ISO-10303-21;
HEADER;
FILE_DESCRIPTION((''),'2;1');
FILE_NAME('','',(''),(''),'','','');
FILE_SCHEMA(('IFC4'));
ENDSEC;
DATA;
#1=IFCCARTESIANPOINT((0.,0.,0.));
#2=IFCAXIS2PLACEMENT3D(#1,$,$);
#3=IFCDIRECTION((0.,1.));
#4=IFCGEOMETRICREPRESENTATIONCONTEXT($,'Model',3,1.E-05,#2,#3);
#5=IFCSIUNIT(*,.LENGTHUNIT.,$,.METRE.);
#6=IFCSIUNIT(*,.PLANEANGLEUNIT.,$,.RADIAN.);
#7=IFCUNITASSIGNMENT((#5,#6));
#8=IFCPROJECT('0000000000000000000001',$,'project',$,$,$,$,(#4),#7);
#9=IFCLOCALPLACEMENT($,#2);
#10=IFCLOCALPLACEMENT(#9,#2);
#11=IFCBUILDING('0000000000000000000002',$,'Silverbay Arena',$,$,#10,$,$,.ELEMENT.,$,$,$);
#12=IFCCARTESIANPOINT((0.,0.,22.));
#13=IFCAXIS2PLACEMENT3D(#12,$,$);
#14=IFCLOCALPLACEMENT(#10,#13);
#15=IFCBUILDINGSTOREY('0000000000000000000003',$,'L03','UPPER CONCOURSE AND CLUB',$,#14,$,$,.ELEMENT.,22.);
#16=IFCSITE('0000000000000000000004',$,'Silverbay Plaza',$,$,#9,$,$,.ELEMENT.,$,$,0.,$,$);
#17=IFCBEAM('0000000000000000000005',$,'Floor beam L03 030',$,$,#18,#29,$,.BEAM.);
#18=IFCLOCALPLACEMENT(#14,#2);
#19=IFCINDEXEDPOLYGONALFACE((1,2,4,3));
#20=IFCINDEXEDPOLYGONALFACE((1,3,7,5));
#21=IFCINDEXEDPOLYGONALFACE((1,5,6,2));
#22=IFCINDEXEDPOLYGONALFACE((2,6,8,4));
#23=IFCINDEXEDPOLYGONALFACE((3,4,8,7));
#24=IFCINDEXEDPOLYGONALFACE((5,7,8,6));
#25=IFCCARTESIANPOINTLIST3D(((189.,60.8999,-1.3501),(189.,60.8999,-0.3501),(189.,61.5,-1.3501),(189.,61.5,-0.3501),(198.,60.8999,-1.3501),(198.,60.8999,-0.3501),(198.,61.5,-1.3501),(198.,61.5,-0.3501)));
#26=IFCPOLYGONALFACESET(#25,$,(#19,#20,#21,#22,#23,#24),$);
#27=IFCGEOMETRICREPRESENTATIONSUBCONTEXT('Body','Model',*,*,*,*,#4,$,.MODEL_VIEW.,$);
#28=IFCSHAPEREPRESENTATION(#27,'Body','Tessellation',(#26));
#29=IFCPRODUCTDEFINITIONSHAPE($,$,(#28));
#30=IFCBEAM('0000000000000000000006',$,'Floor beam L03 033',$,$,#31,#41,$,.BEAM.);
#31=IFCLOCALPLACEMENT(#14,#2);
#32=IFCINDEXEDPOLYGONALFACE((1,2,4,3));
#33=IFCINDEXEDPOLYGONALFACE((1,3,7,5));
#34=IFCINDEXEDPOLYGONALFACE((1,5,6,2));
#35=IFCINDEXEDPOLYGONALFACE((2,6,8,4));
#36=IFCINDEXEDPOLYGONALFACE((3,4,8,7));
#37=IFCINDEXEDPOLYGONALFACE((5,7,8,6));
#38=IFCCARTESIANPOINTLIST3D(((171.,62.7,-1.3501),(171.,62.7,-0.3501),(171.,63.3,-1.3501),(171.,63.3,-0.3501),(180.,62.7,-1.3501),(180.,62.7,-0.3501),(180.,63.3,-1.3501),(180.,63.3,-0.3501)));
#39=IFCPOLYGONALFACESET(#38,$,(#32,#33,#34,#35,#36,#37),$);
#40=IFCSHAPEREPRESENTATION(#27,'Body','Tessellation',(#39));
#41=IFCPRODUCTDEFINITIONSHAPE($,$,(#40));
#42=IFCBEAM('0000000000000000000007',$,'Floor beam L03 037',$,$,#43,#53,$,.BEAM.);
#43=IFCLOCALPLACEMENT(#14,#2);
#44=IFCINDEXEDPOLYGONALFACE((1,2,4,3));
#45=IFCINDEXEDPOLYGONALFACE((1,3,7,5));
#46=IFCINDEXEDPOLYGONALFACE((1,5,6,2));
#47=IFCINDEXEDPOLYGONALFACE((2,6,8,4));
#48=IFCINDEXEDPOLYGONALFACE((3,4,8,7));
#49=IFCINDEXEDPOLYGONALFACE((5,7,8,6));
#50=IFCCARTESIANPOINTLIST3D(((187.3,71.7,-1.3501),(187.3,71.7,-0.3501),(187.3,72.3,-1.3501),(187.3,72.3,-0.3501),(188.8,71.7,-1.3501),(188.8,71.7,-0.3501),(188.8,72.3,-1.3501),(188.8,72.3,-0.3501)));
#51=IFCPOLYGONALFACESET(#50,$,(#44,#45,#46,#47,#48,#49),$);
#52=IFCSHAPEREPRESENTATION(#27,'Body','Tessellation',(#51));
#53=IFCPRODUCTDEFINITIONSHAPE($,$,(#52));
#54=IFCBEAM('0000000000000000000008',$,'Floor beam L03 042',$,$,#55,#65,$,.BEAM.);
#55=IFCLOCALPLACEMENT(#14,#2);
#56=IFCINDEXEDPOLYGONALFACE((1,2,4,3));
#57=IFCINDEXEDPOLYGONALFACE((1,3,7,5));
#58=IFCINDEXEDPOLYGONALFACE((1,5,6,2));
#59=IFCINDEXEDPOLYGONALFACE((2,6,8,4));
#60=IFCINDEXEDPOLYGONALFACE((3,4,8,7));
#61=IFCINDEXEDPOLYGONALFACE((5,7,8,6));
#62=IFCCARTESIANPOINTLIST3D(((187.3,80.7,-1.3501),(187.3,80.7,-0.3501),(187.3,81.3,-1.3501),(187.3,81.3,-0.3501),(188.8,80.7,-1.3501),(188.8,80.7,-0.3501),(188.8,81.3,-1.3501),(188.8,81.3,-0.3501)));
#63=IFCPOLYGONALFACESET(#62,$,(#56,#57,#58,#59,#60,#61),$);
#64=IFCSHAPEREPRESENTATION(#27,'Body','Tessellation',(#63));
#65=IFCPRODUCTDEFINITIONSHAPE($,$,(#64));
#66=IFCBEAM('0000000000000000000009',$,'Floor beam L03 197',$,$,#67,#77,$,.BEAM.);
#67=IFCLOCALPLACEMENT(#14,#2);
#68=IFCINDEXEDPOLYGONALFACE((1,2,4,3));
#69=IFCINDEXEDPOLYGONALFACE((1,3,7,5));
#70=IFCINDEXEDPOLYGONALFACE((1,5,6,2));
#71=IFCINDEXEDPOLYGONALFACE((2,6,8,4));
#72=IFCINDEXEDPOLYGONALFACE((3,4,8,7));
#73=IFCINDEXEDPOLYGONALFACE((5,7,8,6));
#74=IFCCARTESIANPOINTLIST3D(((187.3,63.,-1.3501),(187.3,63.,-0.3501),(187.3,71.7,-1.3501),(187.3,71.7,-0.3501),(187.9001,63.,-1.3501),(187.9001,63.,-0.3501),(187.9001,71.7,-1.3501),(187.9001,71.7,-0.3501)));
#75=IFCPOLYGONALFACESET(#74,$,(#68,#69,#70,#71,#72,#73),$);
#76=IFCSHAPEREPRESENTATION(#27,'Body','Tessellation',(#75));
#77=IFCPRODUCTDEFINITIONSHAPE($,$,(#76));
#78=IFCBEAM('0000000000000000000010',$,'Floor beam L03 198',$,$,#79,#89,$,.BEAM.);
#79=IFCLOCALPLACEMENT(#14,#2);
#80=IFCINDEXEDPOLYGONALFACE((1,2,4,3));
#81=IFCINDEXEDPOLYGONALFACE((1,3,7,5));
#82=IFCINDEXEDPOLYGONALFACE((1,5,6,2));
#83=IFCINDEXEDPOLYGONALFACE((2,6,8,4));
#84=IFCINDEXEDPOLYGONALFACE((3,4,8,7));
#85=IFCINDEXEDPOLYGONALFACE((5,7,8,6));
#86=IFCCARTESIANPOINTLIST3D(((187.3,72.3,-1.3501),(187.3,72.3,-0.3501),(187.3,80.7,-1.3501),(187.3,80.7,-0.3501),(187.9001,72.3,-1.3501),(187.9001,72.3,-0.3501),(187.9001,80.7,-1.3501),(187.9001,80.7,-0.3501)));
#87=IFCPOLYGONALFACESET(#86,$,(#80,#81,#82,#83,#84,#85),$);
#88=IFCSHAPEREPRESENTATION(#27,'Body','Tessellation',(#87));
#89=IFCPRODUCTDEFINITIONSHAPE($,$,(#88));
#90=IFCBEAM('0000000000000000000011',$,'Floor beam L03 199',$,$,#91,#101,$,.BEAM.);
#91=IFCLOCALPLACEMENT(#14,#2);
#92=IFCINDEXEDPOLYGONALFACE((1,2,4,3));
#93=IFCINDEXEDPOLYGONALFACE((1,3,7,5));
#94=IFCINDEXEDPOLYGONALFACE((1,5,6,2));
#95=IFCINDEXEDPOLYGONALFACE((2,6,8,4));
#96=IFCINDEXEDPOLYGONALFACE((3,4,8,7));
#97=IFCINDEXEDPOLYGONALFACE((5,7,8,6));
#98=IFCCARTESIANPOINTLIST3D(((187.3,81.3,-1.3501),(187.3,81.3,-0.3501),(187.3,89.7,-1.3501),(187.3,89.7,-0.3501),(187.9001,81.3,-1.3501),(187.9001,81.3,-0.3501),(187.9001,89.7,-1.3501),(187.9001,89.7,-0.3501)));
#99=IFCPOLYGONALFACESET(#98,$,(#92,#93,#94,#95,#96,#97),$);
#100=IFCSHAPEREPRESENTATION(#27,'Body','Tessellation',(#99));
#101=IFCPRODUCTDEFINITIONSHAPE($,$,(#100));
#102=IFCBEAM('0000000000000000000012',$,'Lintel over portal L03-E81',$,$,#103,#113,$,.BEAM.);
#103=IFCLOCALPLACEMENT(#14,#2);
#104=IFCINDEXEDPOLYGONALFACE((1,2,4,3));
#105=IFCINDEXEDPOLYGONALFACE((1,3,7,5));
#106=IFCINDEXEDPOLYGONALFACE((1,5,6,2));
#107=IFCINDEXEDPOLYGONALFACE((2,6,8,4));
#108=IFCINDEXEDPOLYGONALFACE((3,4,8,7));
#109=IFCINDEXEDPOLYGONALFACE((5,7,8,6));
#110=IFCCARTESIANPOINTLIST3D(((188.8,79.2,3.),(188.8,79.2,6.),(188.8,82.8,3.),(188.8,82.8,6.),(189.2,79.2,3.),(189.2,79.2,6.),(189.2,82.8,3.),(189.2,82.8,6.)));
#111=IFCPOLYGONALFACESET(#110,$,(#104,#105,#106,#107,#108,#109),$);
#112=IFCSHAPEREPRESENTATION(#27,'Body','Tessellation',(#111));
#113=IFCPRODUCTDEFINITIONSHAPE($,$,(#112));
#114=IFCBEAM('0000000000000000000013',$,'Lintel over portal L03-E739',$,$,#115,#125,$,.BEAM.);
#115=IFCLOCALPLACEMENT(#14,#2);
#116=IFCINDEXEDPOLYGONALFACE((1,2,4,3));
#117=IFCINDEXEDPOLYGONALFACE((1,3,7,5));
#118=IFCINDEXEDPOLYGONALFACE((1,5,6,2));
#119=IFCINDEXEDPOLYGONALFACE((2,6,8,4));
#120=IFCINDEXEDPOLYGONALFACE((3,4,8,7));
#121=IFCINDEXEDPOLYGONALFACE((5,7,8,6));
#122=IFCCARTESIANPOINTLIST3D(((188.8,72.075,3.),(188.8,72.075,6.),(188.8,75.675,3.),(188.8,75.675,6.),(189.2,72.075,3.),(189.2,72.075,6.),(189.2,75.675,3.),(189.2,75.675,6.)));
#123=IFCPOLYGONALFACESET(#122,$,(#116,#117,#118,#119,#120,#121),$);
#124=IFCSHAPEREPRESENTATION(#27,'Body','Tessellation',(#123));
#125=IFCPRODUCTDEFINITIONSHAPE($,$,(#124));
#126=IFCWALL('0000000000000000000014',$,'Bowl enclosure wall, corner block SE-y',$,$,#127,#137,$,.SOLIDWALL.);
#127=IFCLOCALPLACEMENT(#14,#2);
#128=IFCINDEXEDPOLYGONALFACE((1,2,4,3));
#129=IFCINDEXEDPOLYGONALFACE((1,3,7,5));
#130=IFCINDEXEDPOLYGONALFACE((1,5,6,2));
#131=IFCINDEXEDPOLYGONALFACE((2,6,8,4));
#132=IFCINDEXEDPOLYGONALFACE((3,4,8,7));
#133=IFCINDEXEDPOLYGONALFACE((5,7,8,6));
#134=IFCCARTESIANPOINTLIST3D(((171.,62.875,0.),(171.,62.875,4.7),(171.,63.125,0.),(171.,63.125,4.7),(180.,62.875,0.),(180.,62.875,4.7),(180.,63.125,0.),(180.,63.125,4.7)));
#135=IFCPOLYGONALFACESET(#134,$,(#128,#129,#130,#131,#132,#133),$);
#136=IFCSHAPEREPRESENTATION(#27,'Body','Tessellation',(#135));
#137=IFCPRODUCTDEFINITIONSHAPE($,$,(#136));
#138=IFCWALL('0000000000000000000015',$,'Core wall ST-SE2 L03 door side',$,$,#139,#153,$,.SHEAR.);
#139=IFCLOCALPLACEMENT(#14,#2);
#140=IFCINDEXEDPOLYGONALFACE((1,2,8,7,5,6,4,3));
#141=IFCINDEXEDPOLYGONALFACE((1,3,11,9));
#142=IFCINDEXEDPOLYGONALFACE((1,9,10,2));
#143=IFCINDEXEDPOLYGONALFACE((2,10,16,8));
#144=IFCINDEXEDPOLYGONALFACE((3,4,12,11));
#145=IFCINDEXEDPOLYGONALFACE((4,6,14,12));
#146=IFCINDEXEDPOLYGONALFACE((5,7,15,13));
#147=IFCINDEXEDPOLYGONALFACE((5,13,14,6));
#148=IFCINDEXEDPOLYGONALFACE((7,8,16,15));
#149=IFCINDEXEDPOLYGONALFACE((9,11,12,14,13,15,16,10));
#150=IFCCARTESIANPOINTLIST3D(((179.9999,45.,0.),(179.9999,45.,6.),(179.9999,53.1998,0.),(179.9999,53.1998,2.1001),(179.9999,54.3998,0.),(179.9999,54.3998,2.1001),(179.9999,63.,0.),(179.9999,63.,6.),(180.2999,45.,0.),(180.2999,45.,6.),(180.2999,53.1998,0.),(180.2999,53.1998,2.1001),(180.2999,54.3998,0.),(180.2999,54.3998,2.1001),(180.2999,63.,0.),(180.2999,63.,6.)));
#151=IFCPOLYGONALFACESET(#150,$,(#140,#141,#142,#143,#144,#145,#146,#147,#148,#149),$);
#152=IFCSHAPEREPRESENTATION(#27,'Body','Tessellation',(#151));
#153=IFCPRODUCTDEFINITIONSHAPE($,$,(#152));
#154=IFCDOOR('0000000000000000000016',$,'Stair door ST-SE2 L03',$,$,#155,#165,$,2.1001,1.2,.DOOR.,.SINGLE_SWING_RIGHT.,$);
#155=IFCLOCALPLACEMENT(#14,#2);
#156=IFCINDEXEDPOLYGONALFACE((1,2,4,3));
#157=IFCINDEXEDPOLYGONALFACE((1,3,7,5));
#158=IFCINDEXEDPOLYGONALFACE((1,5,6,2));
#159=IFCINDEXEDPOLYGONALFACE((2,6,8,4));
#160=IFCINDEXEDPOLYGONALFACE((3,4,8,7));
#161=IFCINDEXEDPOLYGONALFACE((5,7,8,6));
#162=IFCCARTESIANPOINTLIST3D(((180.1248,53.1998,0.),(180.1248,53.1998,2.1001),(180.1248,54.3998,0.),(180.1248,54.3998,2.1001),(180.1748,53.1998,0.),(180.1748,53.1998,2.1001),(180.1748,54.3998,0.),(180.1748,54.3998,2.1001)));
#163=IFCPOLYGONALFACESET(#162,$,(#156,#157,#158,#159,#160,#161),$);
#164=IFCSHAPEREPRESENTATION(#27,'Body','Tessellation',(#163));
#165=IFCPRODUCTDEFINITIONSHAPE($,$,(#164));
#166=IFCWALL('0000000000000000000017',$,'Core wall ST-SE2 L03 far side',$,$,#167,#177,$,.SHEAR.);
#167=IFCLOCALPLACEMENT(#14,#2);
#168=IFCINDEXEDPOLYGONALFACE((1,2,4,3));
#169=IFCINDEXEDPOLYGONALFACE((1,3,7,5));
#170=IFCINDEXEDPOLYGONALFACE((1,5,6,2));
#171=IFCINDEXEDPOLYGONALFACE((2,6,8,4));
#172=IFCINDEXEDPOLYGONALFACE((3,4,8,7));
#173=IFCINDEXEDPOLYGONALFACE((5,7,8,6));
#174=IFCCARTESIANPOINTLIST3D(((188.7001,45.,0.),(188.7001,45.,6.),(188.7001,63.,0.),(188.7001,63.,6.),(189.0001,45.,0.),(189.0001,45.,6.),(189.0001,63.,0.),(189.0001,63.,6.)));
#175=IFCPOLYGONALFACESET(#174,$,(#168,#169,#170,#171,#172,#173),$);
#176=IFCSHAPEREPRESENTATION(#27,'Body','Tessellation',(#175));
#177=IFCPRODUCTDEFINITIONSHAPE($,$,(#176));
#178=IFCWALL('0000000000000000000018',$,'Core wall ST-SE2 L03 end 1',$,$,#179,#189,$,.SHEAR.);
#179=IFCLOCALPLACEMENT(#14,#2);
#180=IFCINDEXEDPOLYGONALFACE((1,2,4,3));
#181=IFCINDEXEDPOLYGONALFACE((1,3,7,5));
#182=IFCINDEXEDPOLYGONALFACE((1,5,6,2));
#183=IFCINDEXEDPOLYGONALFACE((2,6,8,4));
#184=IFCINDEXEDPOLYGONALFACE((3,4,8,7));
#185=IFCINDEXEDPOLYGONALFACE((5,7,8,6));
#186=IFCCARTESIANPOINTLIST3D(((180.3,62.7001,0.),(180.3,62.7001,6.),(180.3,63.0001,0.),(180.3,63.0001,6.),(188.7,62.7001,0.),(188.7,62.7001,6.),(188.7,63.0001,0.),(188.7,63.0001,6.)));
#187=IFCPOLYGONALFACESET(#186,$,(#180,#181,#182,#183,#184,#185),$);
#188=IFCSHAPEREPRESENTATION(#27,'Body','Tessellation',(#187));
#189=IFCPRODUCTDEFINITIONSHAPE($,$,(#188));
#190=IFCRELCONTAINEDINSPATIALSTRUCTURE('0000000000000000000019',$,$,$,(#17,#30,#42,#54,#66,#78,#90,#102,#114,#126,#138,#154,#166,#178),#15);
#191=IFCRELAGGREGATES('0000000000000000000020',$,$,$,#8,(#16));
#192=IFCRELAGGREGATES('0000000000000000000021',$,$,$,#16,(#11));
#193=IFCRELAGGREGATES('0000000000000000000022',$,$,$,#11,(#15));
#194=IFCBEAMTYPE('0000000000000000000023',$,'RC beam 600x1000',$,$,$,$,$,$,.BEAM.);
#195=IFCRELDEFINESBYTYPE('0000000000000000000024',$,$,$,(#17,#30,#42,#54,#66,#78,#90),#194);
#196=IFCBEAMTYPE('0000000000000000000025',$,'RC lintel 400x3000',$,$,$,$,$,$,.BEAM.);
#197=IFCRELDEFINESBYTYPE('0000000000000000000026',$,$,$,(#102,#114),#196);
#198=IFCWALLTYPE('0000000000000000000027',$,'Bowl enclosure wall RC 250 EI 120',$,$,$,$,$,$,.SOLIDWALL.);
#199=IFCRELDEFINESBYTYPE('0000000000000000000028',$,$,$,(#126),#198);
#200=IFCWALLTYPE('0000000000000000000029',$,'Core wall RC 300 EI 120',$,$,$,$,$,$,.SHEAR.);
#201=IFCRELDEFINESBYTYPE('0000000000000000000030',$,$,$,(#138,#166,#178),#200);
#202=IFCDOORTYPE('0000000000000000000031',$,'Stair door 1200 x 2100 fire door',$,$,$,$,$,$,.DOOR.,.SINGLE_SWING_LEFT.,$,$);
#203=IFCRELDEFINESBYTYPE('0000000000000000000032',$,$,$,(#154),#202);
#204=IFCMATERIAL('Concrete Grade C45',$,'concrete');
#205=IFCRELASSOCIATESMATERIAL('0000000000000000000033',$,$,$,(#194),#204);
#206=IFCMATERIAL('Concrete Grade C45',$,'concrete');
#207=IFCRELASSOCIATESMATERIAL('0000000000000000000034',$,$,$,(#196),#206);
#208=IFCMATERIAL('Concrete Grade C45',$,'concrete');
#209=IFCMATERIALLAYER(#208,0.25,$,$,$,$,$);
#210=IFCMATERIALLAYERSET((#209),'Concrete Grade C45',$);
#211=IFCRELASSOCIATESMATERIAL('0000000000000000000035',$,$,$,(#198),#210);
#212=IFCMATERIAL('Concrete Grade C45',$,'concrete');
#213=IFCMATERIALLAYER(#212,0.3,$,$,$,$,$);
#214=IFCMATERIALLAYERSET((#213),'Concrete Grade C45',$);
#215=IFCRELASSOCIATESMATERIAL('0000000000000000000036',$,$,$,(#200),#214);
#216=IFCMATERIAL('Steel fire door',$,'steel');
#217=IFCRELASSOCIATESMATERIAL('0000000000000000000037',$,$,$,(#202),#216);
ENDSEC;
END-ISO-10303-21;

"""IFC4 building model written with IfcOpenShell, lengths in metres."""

from ifc_helpers import new_model, si_unit, direction, frame, frame_2d, origin, origin_2d, place, context, subcontext, project, spatial, rectangle, extrude, material, layer, layer_set, material_profile, profile_set, type_object, element, fill, save


model = new_model("IFC4")

# Units and contexts
model_context = context("Model", 3, precision=1e-05, world=origin(), true_north=direction((0.0, 1.0)))
body_context = subcontext(model_context, "Body", "Model", "MODEL_VIEW")
ifc_project = project(units=[si_unit("LENGTHUNIT", "METRE"), si_unit("PLANEANGLEUNIT", "RADIAN")], contexts=[model_context])

# Site, building, storey
site_placement = place(None, origin())
site = spatial("IfcSite", under=ifc_project, at=site_placement, Name="Silverbay Plaza", CompositionType="ELEMENT", RefElevation=0.0)
building_placement = place(site_placement, origin())
building = spatial("IfcBuilding", under=site, at=building_placement, Name="Silverbay Arena", CompositionType="ELEMENT")
storey_placement = place(building_placement, frame((0.0, 0.0, 22.0)))
storey = spatial("IfcBuildingStorey", under=building, at=storey_placement, Name="L03", Description="UPPER CONCOURSE AND CLUB", CompositionType="ELEMENT", Elevation=22.0)

# Beams
ifc_material_1 = material(Name="Concrete Grade C45", Category="concrete")
ifc_material_profile_1 = material_profile(ifc_material_1, rectangle(XDim=0.6001, YDim=1.0, at=origin_2d()), Name="RC 600x1000")
ifc_profile_set_1 = profile_set([ifc_material_profile_1], Name="Concrete Grade C45")
beam_type_1 = type_object("IfcBeamType", Name="RC beam 600x1000", PredefinedType="BEAM", material=ifc_profile_set_1)
for number, where, z_axis, x_axis, name in (
    (1, (189.0, 61.2, -0.8501), (1.0, 0.0, 0.0), (0.0, 1.0, 0.0), "Floor beam L03 030"),
    (2, (171.0, 63.0, -0.8501), (1.0, 0.0, 0.0), (0.0, 1.0, 0.0), "Floor beam L03 033"),
):
    element("IfcBeam", number, at=place(storey_placement, frame(where, z_axis=z_axis, x_axis=x_axis)), inside=storey, type_object=beam_type_1, Name=name, PredefinedType="BEAM", context=body_context, shape_type="SweptSolid", body=[
        extrude(rectangle(XDim=0.6001, YDim=1.0, at=origin_2d()), origin(), (0.0, 0.0, 1.0), 9.0),
    ])
for number, where, z_axis, x_axis, name in (
    (3, (187.3, 72.0, -0.8501), (1.0, 0.0, 0.0), (0.0, 1.0, 0.0), "Floor beam L03 037"),
    (4, (187.3, 81.0, -0.8501), (1.0, 0.0, 0.0), (0.0, 1.0, 0.0), "Floor beam L03 042"),
):
    element("IfcBeam", number, at=place(storey_placement, frame(where, z_axis=z_axis, x_axis=x_axis)), inside=storey, type_object=beam_type_1, Name=name, PredefinedType="BEAM", context=body_context, shape_type="SweptSolid", body=[
        extrude(rectangle(XDim=0.6001, YDim=1.0, at=origin_2d()), origin(), (0.0, 0.0, 1.0), 1.5),
    ])
beam_placement = place(storey_placement, frame((187.6001, 63.0, -0.8501), z_axis=(0.0, 1.0, 0.0), x_axis=(-1.0, 0.0, 0.0)))
element("IfcBeam", 5, at=beam_placement, inside=storey, type_object=beam_type_1, Name="Floor beam L03 197", PredefinedType="BEAM", context=body_context, shape_type="SweptSolid", body=[
    extrude(rectangle(XDim=0.6001, YDim=1.0, at=origin_2d()), origin(), (0.0, 0.0, 1.0), 8.7),
])
for number, where, z_axis, x_axis, name in (
    (6, (187.6001, 72.3, -0.8501), (0.0, 1.0, 0.0), (-1.0, 0.0, 0.0), "Floor beam L03 198"),
    (7, (187.6001, 81.3, -0.8501), (0.0, 1.0, 0.0), (-1.0, 0.0, 0.0), "Floor beam L03 199"),
):
    element("IfcBeam", number, at=place(storey_placement, frame(where, z_axis=z_axis, x_axis=x_axis)), inside=storey, type_object=beam_type_1, Name=name, PredefinedType="BEAM", context=body_context, shape_type="SweptSolid", body=[
        extrude(rectangle(XDim=0.6001, YDim=1.0, at=origin_2d()), origin(), (0.0, 0.0, 1.0), 8.3999),
    ])
ifc_material_2 = material(Name="Concrete Grade C45", Category="concrete")
ifc_material_profile_2 = material_profile(ifc_material_2, rectangle(XDim=0.3999, YDim=3.0, at=origin_2d()), Name="RC 400x3000")
ifc_profile_set_2 = profile_set([ifc_material_profile_2], Name="Concrete Grade C45")
beam_type_2 = type_object("IfcBeamType", Name="RC lintel 400x3000", PredefinedType="BEAM", material=ifc_profile_set_2)
for number, where, z_axis, x_axis, name in (
    (8, (189.0, 79.2, 4.5), (0.0, 1.0, 0.0), (-1.0, 0.0, 0.0), "Lintel over portal L03-E81"),
    (9, (189.0, 72.075, 4.5), (0.0, 1.0, 0.0), (-1.0, 0.0, 0.0), "Lintel over portal L03-E739"),
):
    element("IfcBeam", number, at=place(storey_placement, frame(where, z_axis=z_axis, x_axis=x_axis)), inside=storey, type_object=beam_type_2, Name=name, PredefinedType="BEAM", context=body_context, shape_type="SweptSolid", body=[
        extrude(rectangle(XDim=0.3999, YDim=3.0, at=origin_2d()), origin(), (0.0, 0.0, 1.0), 3.6001),
    ])

# Wall
ifc_material_3 = material(Name="Concrete Grade C45", Category="concrete")
ifc_layer_1 = layer(ifc_material_3, 0.25)
ifc_layer_set_1 = layer_set([ifc_layer_1], Name="Concrete Grade C45")
wall_type_1 = type_object("IfcWallType", Name="Bowl enclosure wall RC 250 EI 120", PredefinedType="SOLIDWALL", material=ifc_layer_set_1)
wall_1_placement = place(storey_placement, frame((171.0, 63.0, 0.0), z_axis=(0.0, 0.0, 1.0), x_axis=(1.0, 0.0, 0.0)))
element("IfcWall", 10, at=wall_1_placement, inside=storey, type_object=wall_type_1, Name="Bowl enclosure wall, corner block SE-y", PredefinedType="SOLIDWALL", context=body_context, shape_type="SweptSolid", body=[
    extrude(rectangle(XDim=9.0, YDim=0.25, at=frame_2d((4.5, 0.0))), origin(), (0.0, 0.0, 1.0), 4.7),
])

# Wall, opening, door
ifc_material_4 = material(Name="Concrete Grade C45", Category="concrete")
ifc_layer_2 = layer(ifc_material_4, 0.3)
ifc_layer_set_2 = layer_set([ifc_layer_2], Name="Concrete Grade C45")
wall_type_2 = type_object("IfcWallType", Name="Core wall RC 300 EI 120", PredefinedType="SHEAR", material=ifc_layer_set_2)
wall_2_placement = place(storey_placement, frame((180.1499, 63.0, 0.0), z_axis=(0.0, 0.0, 1.0), x_axis=(0.0, -1.0, 0.0)))
wall_2 = element("IfcWall", 11, at=wall_2_placement, inside=storey, type_object=wall_type_2, Name="Core wall ST-SE2 L03 door side", PredefinedType="SHEAR", context=body_context, shape_type="SweptSolid", body=[
    extrude(rectangle(XDim=18.0, YDim=0.3, at=frame_2d((9.0, 0.0))), origin(), (0.0, 0.0, 1.0), 6.0),
])
opening_1_placement = place(wall_2_placement, frame((8.6001, 0.0, 0.0)))
opening_1 = element("IfcOpeningElement", 12, at=opening_1_placement, cuts=wall_2, PredefinedType="OPENING", context=body_context, shape_type="SweptSolid", body=[
    extrude(rectangle(XDim=1.2, YDim=2.1001, at=frame_2d((0.6001, 1.05))), frame((0.0, 0.1602, 0.0), z_axis=(0.0, -1.0, 0.0), x_axis=(1.0, 0.0, 0.0)), (0.0, 0.0, 1.0), 0.3201),
])
ifc_material_5 = material(Name="Steel fire door", Category="steel")
door_type_1 = type_object("IfcDoorType", Name="Stair door 1200 x 2100 fire door", OperationType="SINGLE_SWING_LEFT", PredefinedType="DOOR", material=ifc_material_5)
door_1_placement = place(opening_1_placement, origin())
door_1 = element("IfcDoor", 13, at=door_1_placement, inside=storey, type_object=door_type_1, Name="Stair door ST-SE2 L03", OperationType="SINGLE_SWING_RIGHT", OverallHeight=2.1001, OverallWidth=1.2, PredefinedType="DOOR", context=body_context, shape_type="SweptSolid", body=[
    extrude(rectangle(XDim=1.2, YDim=2.1001, at=frame_2d((0.6001, 1.05))), frame((0.0, 0.0249, 0.0), z_axis=(0.0, -1.0, 0.0), x_axis=(1.0, 0.0, 0.0)), (0.0, 0.0, 1.0), 0.05),
])
fill(opening_1, door_1)

# Walls
wall_3_placement = place(storey_placement, frame((188.8501, 63.0, 0.0), z_axis=(0.0, 0.0, 1.0), x_axis=(0.0, -1.0, 0.0)))
element("IfcWall", 14, at=wall_3_placement, inside=storey, type_object=wall_type_2, Name="Core wall ST-SE2 L03 far side", PredefinedType="SHEAR", context=body_context, shape_type="SweptSolid", body=[
    extrude(rectangle(XDim=18.0, YDim=0.3, at=frame_2d((9.0, 0.0))), origin(), (0.0, 0.0, 1.0), 6.0),
])
wall_4_placement = place(storey_placement, frame((180.3, 62.8501, 0.0), z_axis=(0.0, 0.0, 1.0), x_axis=(1.0, 0.0, 0.0)))
element("IfcWall", 15, at=wall_4_placement, inside=storey, type_object=wall_type_2, Name="Core wall ST-SE2 L03 end 1", PredefinedType="SHEAR", context=body_context, shape_type="SweptSolid", body=[
    extrude(rectangle(XDim=8.3999, YDim=0.3, at=frame_2d((4.2, 0.0))), origin(), (0.0, 0.0, 1.0), 6.0),
])

save(model, "model.ifc")
